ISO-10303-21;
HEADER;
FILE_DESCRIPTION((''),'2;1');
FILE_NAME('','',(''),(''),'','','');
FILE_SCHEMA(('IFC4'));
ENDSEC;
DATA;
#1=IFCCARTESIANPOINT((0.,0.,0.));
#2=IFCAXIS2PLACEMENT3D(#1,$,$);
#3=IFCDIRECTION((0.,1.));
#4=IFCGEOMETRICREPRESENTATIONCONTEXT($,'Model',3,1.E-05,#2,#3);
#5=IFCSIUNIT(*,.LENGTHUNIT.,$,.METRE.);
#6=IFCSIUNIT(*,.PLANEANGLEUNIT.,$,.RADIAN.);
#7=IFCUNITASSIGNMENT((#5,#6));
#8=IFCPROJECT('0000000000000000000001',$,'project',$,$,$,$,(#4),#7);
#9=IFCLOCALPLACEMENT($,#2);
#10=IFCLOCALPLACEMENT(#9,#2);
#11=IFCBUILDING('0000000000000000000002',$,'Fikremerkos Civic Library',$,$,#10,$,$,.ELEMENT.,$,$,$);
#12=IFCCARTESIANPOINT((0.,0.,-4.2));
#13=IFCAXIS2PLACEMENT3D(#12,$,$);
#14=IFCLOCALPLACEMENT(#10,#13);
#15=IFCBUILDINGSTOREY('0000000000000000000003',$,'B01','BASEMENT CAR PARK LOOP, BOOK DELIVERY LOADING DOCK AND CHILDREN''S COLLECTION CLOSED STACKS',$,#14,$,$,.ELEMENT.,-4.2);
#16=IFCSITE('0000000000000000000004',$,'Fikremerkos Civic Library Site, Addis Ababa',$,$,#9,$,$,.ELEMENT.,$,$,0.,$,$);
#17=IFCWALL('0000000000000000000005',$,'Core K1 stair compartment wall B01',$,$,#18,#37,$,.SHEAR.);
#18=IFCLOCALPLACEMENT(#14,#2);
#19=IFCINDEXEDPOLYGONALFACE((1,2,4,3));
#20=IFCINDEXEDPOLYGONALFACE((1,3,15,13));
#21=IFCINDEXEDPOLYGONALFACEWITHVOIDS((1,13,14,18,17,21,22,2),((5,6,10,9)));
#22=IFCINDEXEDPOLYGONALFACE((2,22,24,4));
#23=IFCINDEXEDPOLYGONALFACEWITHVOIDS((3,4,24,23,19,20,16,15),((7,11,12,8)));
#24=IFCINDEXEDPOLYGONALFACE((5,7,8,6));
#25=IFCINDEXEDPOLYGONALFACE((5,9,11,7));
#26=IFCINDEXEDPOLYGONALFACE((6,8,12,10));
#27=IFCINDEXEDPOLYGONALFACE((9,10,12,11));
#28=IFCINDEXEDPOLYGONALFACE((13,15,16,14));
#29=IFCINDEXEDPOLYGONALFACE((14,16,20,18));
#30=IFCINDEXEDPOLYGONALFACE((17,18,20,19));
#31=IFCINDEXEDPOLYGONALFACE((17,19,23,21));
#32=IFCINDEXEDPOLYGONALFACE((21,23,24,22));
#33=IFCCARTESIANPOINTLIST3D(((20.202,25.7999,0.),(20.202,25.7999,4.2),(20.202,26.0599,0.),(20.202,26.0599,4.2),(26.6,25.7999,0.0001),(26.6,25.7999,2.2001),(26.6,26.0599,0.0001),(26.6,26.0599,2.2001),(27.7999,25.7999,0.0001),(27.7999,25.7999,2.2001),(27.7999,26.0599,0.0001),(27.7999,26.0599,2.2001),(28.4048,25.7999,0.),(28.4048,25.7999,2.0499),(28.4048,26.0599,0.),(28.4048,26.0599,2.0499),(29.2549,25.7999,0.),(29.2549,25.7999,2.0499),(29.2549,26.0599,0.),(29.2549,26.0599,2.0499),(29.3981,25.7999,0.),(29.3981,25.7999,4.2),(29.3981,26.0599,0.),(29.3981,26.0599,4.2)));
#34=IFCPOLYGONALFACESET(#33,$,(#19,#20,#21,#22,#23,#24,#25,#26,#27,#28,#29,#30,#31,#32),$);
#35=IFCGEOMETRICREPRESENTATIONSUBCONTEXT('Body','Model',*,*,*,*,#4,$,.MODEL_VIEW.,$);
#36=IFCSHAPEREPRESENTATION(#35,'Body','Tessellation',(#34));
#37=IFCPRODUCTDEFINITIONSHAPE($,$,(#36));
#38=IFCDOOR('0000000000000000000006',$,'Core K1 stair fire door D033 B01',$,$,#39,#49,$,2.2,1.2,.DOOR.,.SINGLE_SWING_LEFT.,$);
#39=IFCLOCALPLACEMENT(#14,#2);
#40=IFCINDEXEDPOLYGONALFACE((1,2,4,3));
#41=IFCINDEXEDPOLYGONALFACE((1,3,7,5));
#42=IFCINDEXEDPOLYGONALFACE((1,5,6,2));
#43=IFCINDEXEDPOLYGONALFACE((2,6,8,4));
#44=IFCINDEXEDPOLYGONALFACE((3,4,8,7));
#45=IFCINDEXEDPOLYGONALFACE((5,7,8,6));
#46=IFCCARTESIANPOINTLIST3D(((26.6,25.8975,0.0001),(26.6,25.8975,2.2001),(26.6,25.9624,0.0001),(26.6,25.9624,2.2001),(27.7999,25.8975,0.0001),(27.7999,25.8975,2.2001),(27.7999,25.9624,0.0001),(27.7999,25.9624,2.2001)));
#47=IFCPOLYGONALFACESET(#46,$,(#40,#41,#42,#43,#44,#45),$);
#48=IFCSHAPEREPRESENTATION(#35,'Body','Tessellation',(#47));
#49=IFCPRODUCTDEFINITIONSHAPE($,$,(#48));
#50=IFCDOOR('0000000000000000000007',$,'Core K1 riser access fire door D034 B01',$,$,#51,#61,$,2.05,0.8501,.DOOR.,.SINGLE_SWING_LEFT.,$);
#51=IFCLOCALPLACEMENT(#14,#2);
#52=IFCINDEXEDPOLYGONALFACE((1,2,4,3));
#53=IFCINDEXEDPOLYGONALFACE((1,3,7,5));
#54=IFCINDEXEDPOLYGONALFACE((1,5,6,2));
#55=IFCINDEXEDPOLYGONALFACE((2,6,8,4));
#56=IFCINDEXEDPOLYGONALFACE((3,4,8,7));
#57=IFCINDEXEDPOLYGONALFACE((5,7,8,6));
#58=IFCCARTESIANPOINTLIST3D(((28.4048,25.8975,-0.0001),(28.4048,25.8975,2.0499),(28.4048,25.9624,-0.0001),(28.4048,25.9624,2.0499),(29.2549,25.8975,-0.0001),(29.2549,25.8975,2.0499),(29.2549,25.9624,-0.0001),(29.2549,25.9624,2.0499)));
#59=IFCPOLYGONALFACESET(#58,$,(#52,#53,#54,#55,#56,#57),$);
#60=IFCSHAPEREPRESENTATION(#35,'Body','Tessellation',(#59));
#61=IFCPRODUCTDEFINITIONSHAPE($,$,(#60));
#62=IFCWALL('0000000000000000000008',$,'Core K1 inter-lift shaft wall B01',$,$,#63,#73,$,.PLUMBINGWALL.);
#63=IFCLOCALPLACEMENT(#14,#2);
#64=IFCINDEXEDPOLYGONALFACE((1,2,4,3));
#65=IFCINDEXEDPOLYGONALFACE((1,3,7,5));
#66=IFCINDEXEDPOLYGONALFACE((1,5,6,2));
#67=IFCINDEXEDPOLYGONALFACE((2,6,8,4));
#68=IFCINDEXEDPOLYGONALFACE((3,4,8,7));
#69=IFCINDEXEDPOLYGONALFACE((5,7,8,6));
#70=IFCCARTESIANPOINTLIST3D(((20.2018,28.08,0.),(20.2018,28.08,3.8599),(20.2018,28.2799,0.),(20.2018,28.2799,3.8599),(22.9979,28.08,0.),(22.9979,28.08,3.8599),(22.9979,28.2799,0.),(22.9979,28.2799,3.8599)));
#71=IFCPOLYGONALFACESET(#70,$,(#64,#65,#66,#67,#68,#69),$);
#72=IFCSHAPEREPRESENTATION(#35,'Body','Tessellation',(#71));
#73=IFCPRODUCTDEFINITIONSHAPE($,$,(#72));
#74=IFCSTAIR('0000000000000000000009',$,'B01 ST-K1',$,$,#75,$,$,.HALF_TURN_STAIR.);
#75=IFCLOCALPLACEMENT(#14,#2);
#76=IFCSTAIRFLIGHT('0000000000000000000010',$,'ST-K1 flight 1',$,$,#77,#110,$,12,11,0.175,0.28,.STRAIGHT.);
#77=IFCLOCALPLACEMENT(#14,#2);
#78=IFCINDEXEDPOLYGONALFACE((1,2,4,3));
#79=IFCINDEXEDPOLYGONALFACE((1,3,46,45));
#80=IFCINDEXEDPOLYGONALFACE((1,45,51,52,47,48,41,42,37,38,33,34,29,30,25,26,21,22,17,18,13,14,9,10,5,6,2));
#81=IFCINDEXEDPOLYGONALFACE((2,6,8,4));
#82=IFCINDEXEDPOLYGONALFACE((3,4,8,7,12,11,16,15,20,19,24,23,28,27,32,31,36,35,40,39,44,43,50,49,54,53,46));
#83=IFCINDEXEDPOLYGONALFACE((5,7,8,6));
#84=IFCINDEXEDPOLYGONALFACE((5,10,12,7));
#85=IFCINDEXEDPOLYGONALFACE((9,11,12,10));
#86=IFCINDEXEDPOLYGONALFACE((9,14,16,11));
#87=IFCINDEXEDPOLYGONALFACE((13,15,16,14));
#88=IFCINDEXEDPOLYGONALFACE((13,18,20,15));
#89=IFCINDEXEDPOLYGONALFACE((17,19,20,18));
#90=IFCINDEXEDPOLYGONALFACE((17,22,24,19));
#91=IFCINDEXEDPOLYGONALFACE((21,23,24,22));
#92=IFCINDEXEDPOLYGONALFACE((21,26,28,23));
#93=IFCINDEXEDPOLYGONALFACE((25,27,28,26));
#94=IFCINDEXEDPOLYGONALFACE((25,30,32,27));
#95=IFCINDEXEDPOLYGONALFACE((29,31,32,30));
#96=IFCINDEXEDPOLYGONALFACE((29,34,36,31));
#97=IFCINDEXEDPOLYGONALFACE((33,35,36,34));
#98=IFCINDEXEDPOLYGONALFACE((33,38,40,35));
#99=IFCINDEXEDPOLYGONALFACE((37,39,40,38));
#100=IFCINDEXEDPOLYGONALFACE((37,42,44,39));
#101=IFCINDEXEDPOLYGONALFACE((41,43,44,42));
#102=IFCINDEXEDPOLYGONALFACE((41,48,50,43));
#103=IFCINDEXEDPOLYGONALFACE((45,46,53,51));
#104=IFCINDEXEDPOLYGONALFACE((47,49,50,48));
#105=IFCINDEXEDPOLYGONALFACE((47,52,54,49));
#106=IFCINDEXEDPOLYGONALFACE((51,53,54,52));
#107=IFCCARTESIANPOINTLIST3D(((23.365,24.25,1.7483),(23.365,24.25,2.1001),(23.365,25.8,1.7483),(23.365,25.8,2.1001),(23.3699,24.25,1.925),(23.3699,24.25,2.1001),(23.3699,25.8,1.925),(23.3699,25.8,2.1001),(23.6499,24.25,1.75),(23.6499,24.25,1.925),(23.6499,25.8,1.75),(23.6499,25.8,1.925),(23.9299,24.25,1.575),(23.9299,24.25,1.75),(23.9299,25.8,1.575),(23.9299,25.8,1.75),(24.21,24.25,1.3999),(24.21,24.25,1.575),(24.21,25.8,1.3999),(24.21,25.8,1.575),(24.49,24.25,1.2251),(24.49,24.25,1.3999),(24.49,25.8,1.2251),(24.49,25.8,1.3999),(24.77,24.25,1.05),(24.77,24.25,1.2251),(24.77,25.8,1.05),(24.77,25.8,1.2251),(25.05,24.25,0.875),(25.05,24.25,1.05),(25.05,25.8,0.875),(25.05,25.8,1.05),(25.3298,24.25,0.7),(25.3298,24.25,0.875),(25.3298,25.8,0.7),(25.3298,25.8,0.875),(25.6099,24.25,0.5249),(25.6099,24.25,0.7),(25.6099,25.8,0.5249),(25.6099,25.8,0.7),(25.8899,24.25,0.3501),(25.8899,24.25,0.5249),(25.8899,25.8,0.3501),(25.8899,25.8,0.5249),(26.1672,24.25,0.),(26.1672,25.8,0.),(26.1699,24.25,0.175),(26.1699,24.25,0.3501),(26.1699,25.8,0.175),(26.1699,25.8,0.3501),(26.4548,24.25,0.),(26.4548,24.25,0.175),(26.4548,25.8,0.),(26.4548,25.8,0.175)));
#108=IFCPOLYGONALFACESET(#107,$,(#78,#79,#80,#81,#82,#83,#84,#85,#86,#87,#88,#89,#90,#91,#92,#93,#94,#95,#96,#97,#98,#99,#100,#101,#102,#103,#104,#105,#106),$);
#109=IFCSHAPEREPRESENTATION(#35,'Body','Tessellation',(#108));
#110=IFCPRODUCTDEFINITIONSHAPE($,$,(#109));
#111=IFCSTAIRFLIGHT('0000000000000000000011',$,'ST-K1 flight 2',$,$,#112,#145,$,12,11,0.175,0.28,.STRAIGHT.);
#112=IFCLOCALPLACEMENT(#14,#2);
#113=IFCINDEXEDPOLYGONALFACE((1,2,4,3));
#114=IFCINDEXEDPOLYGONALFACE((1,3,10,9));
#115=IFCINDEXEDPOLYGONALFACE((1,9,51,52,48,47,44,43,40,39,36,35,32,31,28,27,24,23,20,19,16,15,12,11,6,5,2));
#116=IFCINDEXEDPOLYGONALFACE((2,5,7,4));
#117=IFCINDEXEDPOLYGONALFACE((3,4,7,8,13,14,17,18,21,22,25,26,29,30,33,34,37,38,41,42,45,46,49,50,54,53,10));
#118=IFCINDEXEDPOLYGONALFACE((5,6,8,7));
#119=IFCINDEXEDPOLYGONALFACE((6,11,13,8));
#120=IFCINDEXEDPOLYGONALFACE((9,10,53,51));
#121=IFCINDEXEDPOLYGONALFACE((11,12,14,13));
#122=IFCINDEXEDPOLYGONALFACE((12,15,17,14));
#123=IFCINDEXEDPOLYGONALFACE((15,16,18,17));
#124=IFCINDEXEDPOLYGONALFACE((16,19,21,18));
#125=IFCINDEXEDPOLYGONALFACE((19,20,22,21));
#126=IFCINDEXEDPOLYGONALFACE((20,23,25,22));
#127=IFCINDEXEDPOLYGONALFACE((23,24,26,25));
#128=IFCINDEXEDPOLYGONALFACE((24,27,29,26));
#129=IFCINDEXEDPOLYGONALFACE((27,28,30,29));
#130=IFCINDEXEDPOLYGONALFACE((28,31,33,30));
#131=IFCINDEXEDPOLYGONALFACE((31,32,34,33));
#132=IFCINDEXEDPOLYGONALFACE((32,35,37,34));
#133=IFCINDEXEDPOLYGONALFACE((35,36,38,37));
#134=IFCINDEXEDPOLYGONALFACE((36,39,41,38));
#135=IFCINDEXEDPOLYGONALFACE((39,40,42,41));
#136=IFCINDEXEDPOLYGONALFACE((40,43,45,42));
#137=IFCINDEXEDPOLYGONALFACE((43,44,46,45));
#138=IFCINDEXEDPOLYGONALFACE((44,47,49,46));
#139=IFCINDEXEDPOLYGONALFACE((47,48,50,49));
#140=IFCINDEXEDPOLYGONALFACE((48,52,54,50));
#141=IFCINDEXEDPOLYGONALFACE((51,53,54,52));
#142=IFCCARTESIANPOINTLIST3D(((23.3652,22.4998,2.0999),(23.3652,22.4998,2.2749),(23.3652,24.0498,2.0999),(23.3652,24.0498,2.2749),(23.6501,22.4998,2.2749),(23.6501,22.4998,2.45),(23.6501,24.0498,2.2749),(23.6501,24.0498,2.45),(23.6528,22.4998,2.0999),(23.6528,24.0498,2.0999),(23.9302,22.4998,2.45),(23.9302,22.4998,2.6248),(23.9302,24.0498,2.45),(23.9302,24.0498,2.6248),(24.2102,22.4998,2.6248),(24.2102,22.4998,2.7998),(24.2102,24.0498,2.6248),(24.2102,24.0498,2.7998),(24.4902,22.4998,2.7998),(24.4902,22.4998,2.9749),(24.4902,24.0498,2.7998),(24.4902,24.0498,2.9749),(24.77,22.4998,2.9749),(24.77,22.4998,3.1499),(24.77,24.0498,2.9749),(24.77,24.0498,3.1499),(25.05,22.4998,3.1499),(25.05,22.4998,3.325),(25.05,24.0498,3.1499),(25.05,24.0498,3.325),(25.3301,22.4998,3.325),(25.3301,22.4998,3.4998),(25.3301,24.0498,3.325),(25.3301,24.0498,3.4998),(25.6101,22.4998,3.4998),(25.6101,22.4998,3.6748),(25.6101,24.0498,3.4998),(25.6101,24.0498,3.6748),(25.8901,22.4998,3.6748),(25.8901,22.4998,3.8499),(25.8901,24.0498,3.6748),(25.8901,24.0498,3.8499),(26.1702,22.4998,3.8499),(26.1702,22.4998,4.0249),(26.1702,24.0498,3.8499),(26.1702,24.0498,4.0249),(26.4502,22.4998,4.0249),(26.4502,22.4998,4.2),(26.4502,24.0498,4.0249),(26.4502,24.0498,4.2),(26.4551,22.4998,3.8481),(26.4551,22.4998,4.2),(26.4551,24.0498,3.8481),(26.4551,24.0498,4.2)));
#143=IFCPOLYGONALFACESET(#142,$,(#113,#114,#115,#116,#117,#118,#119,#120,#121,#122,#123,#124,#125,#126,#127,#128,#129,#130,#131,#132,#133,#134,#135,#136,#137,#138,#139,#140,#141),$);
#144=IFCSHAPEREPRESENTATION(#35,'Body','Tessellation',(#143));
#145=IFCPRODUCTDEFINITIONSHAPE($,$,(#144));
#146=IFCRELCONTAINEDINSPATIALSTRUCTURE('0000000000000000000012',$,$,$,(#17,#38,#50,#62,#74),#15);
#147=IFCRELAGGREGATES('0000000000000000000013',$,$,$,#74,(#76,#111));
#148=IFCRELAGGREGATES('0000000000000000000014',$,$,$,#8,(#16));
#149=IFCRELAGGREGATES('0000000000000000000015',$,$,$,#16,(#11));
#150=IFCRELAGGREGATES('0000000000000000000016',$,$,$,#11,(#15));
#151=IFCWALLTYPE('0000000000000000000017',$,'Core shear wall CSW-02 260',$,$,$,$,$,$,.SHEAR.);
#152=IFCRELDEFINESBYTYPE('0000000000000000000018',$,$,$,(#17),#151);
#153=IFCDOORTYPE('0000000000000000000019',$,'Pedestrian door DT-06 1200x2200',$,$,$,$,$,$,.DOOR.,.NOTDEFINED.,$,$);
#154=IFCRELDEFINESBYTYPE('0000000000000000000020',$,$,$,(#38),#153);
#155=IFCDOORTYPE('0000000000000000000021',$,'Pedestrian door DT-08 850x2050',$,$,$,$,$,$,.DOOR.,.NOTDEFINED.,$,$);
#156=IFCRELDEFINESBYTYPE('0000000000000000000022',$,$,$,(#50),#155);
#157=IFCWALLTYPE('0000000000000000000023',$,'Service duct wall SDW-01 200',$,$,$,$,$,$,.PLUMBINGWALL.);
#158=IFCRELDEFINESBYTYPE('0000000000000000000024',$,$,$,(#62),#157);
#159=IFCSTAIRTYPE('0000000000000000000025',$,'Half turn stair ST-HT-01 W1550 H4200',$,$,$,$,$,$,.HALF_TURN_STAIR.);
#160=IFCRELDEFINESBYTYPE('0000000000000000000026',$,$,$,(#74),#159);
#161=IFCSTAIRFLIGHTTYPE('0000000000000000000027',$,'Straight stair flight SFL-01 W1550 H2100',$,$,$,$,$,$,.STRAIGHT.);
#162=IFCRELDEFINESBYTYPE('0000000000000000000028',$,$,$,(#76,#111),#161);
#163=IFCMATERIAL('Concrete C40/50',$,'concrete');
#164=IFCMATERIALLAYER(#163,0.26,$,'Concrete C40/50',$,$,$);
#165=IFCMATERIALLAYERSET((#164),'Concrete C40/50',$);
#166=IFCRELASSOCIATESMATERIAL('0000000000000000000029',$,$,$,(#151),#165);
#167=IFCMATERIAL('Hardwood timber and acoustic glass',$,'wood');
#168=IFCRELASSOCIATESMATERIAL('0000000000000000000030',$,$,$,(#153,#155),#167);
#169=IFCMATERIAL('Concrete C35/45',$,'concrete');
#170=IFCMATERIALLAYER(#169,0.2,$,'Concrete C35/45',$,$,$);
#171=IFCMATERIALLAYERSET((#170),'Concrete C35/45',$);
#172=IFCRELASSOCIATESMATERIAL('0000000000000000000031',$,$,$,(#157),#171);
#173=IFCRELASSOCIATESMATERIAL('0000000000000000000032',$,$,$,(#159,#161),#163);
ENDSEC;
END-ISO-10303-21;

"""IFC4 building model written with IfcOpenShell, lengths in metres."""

from ifc_helpers import new_model, si_unit, direction, frame, frame_2d, origin, place, context, subcontext, project, spatial, polyline, rectangle, outline, extrude, material, layer, layer_set, type_object, element, fill, aggregate, save


model = new_model("IFC4")

# Units and contexts
model_context = context("Model", 3, precision=1e-05, world=origin(), true_north=direction((0.0, 1.0)))
body_context = subcontext(model_context, "Body", "Model", "MODEL_VIEW")
ifc_project = project(units=[si_unit("LENGTHUNIT", "METRE"), si_unit("PLANEANGLEUNIT", "RADIAN")], contexts=[model_context])

# Site, building, storey
site_placement = place(None, origin())
site = spatial("IfcSite", under=ifc_project, at=site_placement, Name="Fikremerkos Civic Library Site, Addis Ababa", CompositionType="ELEMENT", RefElevation=0.0)
building_placement = place(site_placement, origin())
building = spatial("IfcBuilding", under=site, at=building_placement, Name="Fikremerkos Civic Library", CompositionType="ELEMENT")
storey_placement = place(building_placement, frame((0.0, 0.0, -4.2)))
storey = spatial("IfcBuildingStorey", under=building, at=storey_placement, Name="B01", Description="BASEMENT CAR PARK LOOP, BOOK DELIVERY LOADING DOCK AND CHILDREN'S COLLECTION CLOSED STACKS", CompositionType="ELEMENT", Elevation=-4.2)

# Shared definitions
ifc_material_1 = material(Name="Concrete C40/50", Category="concrete")

# Wall, openings, doors
ifc_layer_1 = layer(ifc_material_1, 0.26, Name="Concrete C40/50")
ifc_layer_set_1 = layer_set([ifc_layer_1], Name="Concrete C40/50")
wall_type_1 = type_object("IfcWallType", Name="Core shear wall CSW-02 260", PredefinedType="SHEAR", material=ifc_layer_set_1)
wall_1_placement = place(storey_placement, frame((20.2019, 25.9299, 0.0), z_axis=(0.0, 0.0, 1.0), x_axis=(1.0, 0.0, 0.0)))
wall_1 = element("IfcWall", 1, at=wall_1_placement, inside=storey, type_object=wall_type_1, Name="Core K1 stair compartment wall B01", PredefinedType="SHEAR", context=body_context, shape_type="SweptSolid", body=[
    extrude(rectangle(XDim=9.196, YDim=0.26, at=frame_2d((4.5981, 0.0))), origin(), (0.0, 0.0, 1.0), 4.2),
])
opening_1_placement = place(wall_1_placement, frame((6.3979, 0.0, 0.0)))
opening_1 = element("IfcOpeningElement", 2, at=opening_1_placement, cuts=wall_1, PredefinedType="OPENING", context=body_context, shape_type="SweptSolid", body=[
    extrude(rectangle(XDim=1.2, YDim=2.2, at=frame_2d((0.6001, 1.1001))), frame((0.0, 0.1399, 0.0), z_axis=(0.0, -1.0, 0.0), x_axis=(1.0, 0.0, 0.0)), (0.0, 0.0, 1.0), 0.28),
])
opening_2_placement = place(wall_1_placement, frame((8.2029, 0.0, 0.0)))
opening_2 = element("IfcOpeningElement", 3, at=opening_2_placement, cuts=wall_1, PredefinedType="OPENING", context=body_context, shape_type="SweptSolid", body=[
    extrude(rectangle(XDim=0.8501, YDim=2.05, at=frame_2d((0.425, 1.0249))), frame((0.0, 0.1399, 0.0), z_axis=(0.0, -1.0, 0.0), x_axis=(1.0, 0.0, 0.0)), (0.0, 0.0, 1.0), 0.28),
])
ifc_material_2 = material(Name="Hardwood timber and acoustic glass", Category="wood")
door_type_1 = type_object("IfcDoorType", Name="Pedestrian door DT-06 1200x2200", OperationType="NOTDEFINED", PredefinedType="DOOR", material=ifc_material_2)
door_1_placement = place(opening_1_placement, origin())
door_1 = element("IfcDoor", 4, at=door_1_placement, inside=storey, type_object=door_type_1, Name="Core K1 stair fire door D033 B01", OperationType="SINGLE_SWING_LEFT", OverallHeight=2.2, OverallWidth=1.2, PredefinedType="DOOR", context=body_context, shape_type="SweptSolid", body=[
    extrude(rectangle(XDim=1.2, YDim=2.2, at=frame_2d((0.6001, 1.1001))), frame((0.0, 0.0325, 0.0), z_axis=(0.0, -1.0, 0.0), x_axis=(1.0, 0.0, 0.0)), (0.0, 0.0, 1.0), 0.0649),
])
fill(opening_1, door_1)
door_type_2 = type_object("IfcDoorType", Name="Pedestrian door DT-08 850x2050", OperationType="NOTDEFINED", PredefinedType="DOOR", material=ifc_material_2)
door_2_placement = place(opening_2_placement, origin())
door_2 = element("IfcDoor", 5, at=door_2_placement, inside=storey, type_object=door_type_2, Name="Core K1 riser access fire door D034 B01", OperationType="SINGLE_SWING_LEFT", OverallHeight=2.05, OverallWidth=0.8501, PredefinedType="DOOR", context=body_context, shape_type="SweptSolid", body=[
    extrude(rectangle(XDim=0.8501, YDim=2.05, at=frame_2d((0.425, 1.0249))), frame((0.0, 0.0325, 0.0), z_axis=(0.0, -1.0, 0.0), x_axis=(1.0, 0.0, 0.0)), (0.0, 0.0, 1.0), 0.0649),
])
fill(opening_2, door_2)

# Wall
ifc_material_3 = material(Name="Concrete C35/45", Category="concrete")
ifc_layer_2 = layer(ifc_material_3, 0.2, Name="Concrete C35/45")
ifc_layer_set_2 = layer_set([ifc_layer_2], Name="Concrete C35/45")
wall_type_2 = type_object("IfcWallType", Name="Service duct wall SDW-01 200", PredefinedType="PLUMBINGWALL", material=ifc_layer_set_2)
wall_2_placement = place(storey_placement, frame((20.2019, 28.1799, 0.0), z_axis=(0.0, 0.0, 1.0), x_axis=(1.0, 0.0, 0.0)))
element("IfcWall", 6, at=wall_2_placement, inside=storey, type_object=wall_type_2, Name="Core K1 inter-lift shaft wall B01", PredefinedType="PLUMBINGWALL", context=body_context, shape_type="SweptSolid", body=[
    extrude(rectangle(XDim=2.7961, YDim=0.2, at=frame_2d((1.3979, 0.0))), origin(), (0.0, 0.0, 1.0), 3.8599),
])

# Stair, stair flights
stair_type = type_object("IfcStairType", Name="Half turn stair ST-HT-01 W1550 H4200", PredefinedType="HALF_TURN_STAIR", material=ifc_material_1)
stair_placement = place(storey_placement, origin())
stair = element("IfcStair", 7, at=stair_placement, inside=storey, type_object=stair_type, Name="B01 ST-K1", PredefinedType="HALF_TURN_STAIR")
stair_flight_type = type_object("IfcStairFlightType", Name="Straight stair flight SFL-01 W1550 H2100", PredefinedType="STRAIGHT", material=ifc_material_1)
stair_flight_1_placement = place(storey_placement, frame((26.45, 25.0249, 0.0), z_axis=(0.0, 0.0, 1.0), x_axis=(-1.0, 0.0, 0.0)))
stair_flight_1 = element("IfcStairFlight", 8, at=stair_flight_1_placement, type_object=stair_flight_type, Name="ST-K1 flight 1", NumberOfRisers=12, NumberOfTreads=11, PredefinedType="STRAIGHT", RiserHeight=0.175, TreadLength=0.28, context=body_context, shape_type="SweptSolid", body=[
    extrude(outline(polyline([(-0.0049, 0.0), (-0.0049, 0.175), (0.28, 0.175), (0.28, 0.3501), (0.5601, 0.3501), (0.5601, 0.5249), (0.8401, 0.5249), (0.8401, 0.7), (1.1201, 0.7), (1.1201, 0.875), (1.3999, 0.875), (1.3999, 1.05), (1.6799, 1.05), (1.6799, 1.2251), (1.96, 1.2251), (1.96, 1.3999), (2.24, 1.3999), (2.24, 1.575), (2.52, 1.575), (2.52, 1.75), (2.8, 1.75), (2.8, 1.925), (3.0801, 1.925), (3.0801, 2.1001), (3.085, 2.1001), (3.085, 1.7483), (0.2827, 0.0), (-0.0049, 0.0)])), frame((0.0, 0.7749, 0.0), z_axis=(0.0, -1.0, 0.0), x_axis=(1.0, 0.0, 0.0)), (0.0, 0.0, 1.0), 1.55),
])
stair_flight_2_placement = place(storey_placement, frame((23.3701, 23.2749, 2.0999), z_axis=(0.0, 0.0, 1.0), x_axis=(1.0, 0.0, 0.0)))
stair_flight_2 = element("IfcStairFlight", 9, at=stair_flight_2_placement, type_object=stair_flight_type, Name="ST-K1 flight 2", NumberOfRisers=12, NumberOfTreads=11, PredefinedType="STRAIGHT", RiserHeight=0.175, TreadLength=0.28, context=body_context, shape_type="SweptSolid", body=[
    extrude(outline(polyline([(-0.0049, 0.0), (-0.0049, 0.175), (0.28, 0.175), (0.28, 0.3501), (0.5601, 0.3501), (0.5601, 0.5249), (0.8401, 0.5249), (0.8401, 0.7), (1.1201, 0.7), (1.1201, 0.875), (1.3999, 0.875), (1.3999, 1.05), (1.6799, 1.05), (1.6799, 1.2251), (1.96, 1.2251), (1.96, 1.3999), (2.24, 1.3999), (2.24, 1.575), (2.52, 1.575), (2.52, 1.75), (2.8, 1.75), (2.8, 1.925), (3.0801, 1.925), (3.0801, 2.1001), (3.085, 2.1001), (3.085, 1.7483), (0.2827, 0.0), (-0.0049, 0.0)])), frame((0.0, 0.7749, 0.0), z_axis=(0.0, -1.0, 0.0), x_axis=(1.0, 0.0, 0.0)), (0.0, 0.0, 1.0), 1.55),
])
aggregate(stair, [stair_flight_1, stair_flight_2])

save(model, "model.ifc")
